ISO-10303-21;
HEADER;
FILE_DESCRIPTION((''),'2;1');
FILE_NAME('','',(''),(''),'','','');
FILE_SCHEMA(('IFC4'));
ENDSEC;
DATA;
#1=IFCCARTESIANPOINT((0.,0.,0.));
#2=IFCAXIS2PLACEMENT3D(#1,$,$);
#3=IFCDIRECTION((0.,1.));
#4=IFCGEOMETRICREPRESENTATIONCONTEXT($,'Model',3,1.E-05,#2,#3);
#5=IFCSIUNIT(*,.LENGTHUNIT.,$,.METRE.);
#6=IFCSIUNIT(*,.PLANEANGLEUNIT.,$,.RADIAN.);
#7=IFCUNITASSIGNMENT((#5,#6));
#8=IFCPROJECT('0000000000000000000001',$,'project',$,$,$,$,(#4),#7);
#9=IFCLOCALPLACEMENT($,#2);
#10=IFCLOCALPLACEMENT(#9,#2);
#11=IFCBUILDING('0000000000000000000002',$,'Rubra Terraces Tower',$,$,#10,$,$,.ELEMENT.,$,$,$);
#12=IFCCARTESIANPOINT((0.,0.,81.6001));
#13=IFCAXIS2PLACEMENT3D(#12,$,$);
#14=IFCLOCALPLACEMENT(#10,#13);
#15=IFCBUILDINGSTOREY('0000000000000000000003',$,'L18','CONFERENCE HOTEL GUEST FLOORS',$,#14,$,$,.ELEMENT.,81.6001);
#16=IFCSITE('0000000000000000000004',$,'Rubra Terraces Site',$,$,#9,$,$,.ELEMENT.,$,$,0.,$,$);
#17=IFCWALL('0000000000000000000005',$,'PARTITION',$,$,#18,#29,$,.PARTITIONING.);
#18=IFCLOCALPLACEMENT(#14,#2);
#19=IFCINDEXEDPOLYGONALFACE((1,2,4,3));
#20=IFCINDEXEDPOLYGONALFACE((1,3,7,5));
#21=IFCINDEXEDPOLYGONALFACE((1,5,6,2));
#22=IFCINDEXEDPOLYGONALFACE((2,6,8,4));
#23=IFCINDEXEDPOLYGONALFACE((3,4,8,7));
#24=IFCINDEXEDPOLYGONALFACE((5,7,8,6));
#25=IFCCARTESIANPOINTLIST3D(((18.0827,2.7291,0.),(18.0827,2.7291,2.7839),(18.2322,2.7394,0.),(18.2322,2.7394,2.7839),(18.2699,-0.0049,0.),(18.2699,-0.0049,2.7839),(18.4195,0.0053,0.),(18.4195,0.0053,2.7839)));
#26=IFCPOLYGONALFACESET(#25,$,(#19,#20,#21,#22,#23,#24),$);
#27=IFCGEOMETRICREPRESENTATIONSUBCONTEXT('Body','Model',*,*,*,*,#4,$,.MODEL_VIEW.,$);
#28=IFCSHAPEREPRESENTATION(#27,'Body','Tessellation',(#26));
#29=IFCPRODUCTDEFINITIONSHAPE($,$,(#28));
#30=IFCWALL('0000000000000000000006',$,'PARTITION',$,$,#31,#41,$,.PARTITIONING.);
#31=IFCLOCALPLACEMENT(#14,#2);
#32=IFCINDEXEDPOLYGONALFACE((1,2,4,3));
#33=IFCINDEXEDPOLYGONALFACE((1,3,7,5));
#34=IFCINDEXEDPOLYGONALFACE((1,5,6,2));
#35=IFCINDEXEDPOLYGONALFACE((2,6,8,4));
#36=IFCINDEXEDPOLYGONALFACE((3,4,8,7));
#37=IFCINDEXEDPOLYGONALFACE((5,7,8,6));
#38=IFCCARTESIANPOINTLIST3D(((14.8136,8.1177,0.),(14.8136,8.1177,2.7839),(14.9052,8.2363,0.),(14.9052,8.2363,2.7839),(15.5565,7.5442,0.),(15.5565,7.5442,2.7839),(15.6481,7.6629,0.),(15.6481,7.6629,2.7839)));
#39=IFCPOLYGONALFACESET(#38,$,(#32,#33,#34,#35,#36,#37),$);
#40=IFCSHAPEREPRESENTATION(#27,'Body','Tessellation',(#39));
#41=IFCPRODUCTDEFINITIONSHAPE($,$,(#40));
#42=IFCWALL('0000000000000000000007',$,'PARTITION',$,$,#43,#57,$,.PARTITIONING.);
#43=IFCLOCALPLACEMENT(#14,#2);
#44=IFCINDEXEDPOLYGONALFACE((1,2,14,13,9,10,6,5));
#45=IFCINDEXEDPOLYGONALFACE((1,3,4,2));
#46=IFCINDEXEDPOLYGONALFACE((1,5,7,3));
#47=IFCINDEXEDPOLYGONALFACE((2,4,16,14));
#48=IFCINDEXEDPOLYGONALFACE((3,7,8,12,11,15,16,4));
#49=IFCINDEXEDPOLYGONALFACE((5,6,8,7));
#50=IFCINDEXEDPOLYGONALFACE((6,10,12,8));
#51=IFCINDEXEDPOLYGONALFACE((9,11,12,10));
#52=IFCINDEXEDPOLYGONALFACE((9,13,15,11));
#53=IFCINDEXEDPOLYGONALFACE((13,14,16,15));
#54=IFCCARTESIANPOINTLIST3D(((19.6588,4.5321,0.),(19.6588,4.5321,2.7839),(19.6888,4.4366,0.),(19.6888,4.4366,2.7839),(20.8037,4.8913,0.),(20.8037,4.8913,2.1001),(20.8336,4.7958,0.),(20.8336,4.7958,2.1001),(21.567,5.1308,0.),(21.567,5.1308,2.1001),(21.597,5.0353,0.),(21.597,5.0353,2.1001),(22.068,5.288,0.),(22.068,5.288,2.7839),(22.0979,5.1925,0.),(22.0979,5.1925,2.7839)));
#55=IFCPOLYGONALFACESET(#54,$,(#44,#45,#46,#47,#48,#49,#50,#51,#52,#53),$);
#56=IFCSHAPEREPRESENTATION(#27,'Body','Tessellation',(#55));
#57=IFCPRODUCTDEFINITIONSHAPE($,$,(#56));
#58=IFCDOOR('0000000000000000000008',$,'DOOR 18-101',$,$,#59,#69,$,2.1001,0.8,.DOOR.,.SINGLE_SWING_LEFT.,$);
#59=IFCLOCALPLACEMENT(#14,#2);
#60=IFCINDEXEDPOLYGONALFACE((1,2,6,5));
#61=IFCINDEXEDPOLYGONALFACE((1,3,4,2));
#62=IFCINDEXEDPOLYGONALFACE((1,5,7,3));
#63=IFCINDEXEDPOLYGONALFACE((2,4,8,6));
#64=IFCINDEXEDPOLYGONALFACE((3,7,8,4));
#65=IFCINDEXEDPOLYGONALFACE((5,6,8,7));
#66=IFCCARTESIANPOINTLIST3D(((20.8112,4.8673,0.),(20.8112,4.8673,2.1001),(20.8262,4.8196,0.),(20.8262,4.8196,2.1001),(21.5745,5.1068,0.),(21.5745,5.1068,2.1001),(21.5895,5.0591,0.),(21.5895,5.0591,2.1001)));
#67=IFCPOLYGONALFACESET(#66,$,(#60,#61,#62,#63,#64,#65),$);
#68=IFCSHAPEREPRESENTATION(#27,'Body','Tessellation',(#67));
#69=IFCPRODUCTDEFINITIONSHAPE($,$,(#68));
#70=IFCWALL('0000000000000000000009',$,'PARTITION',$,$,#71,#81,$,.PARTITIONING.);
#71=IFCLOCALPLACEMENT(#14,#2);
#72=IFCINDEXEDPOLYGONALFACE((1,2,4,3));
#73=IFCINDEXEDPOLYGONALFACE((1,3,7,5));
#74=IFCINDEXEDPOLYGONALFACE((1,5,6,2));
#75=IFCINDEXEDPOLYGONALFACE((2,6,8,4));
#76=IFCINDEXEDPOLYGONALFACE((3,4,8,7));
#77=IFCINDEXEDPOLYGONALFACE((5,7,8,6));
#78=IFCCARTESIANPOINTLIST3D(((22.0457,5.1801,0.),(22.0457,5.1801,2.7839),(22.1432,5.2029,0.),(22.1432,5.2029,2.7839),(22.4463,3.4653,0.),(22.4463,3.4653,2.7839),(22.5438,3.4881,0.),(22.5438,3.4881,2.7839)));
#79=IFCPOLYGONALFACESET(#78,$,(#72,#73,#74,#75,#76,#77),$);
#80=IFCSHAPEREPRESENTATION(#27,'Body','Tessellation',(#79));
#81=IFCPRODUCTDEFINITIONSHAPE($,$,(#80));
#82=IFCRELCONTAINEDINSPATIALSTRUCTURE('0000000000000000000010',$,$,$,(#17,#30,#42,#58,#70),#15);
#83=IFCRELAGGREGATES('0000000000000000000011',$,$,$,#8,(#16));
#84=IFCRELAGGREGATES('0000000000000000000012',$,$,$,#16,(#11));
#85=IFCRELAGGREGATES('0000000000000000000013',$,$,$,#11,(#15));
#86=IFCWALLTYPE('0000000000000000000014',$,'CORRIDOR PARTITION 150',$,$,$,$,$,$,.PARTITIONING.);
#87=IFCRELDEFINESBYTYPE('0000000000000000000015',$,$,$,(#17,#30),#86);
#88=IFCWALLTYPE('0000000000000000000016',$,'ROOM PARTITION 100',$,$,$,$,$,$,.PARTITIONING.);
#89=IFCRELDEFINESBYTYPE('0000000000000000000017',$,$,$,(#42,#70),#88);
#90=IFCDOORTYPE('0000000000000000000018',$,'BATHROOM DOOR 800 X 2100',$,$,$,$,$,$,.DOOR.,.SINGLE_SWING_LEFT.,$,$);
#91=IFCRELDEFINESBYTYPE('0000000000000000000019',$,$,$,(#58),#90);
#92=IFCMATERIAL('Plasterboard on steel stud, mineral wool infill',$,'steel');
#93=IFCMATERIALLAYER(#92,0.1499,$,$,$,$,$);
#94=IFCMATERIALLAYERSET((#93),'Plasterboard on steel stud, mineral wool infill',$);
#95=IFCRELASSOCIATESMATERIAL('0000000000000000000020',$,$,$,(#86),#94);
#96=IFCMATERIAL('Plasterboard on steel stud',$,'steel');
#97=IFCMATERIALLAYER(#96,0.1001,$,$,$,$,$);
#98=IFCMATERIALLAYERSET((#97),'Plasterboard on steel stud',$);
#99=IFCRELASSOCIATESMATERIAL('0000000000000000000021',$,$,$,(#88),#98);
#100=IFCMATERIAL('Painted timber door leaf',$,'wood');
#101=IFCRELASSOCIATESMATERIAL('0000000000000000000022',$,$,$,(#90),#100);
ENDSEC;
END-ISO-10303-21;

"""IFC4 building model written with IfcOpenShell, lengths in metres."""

from ifc_helpers import new_model, si_unit, direction, frame, frame_2d, origin, place, context, subcontext, project, spatial, rectangle, extrude, material, layer, layer_set, type_object, element, fill, save


model = new_model("IFC4")

# Units and contexts
model_context = context("Model", 3, precision=1e-05, world=origin(), true_north=direction((0.0, 1.0)))
body_context = subcontext(model_context, "Body", "Model", "MODEL_VIEW")
ifc_project = project(units=[si_unit("LENGTHUNIT", "METRE"), si_unit("PLANEANGLEUNIT", "RADIAN")], contexts=[model_context])

# Site, building, storey
site_placement = place(None, origin())
site = spatial("IfcSite", under=ifc_project, at=site_placement, Name="Rubra Terraces Site", CompositionType="ELEMENT", RefElevation=0.0)
building_placement = place(site_placement, origin())
building = spatial("IfcBuilding", under=site, at=building_placement, Name="Rubra Terraces Tower", CompositionType="ELEMENT")
storey_placement = place(building_placement, frame((0.0, 0.0, 81.6001)))
storey = spatial("IfcBuildingStorey", under=building, at=storey_placement, Name="L18", Description="CONFERENCE HOTEL GUEST FLOORS", CompositionType="ELEMENT", Elevation=81.6001)

# Shared definitions
ifc_material_1 = material(Name="Plasterboard on steel stud, mineral wool infill", Category="steel")
ifc_layer_1 = layer(ifc_material_1, 0.1499)
ifc_layer_set_1 = layer_set([ifc_layer_1], Name="Plasterboard on steel stud, mineral wool infill")
wall_type_1 = type_object("IfcWallType", Name="CORRIDOR PARTITION 150", PredefinedType="PARTITIONING", material=ifc_layer_set_1)

# Shared definitions
ifc_material_2 = material(Name="Painted timber door leaf", Category="wood")

# Walls
wall_1_placement = place(storey_placement, frame((18.1575, 2.7341, 0.0), z_axis=(0.0, 0.0, 1.0), x_axis=(0.068328, -0.997663, 0.0)))
element("IfcWall", 1, at=wall_1_placement, inside=storey, type_object=wall_type_1, Name="PARTITION", PredefinedType="PARTITIONING", context=body_context, shape_type="SweptSolid", body=[
    extrude(rectangle(XDim=2.7405, YDim=0.1499, at=frame_2d((1.3701, 0.0))), origin(), (0.0, 0.0, 1.0), 2.7839),
])
wall_2_placement = place(storey_placement, frame((14.8594, 8.177, 0.0), z_axis=(0.0, 0.0, 1.0), x_axis=(0.791588, -0.611055, 0.0)))
element("IfcWall", 2, at=wall_2_placement, inside=storey, type_object=wall_type_1, Name="PARTITION", PredefinedType="PARTITIONING", context=body_context, shape_type="SweptSolid", body=[
    extrude(rectangle(XDim=0.9385, YDim=0.1499, at=frame_2d((0.4692, 0.0))), origin(), (0.0, 0.0, 1.0), 2.7839),
])

# Wall, opening, door
ifc_material_3 = material(Name="Plasterboard on steel stud", Category="steel")
ifc_layer_2 = layer(ifc_material_3, 0.1001)
ifc_layer_set_2 = layer_set([ifc_layer_2], Name="Plasterboard on steel stud")
wall_type_2 = type_object("IfcWallType", Name="ROOM PARTITION 100", PredefinedType="PARTITIONING", material=ifc_layer_set_2)
wall_3_placement = place(storey_placement, frame((19.6738, 4.4844, 0.0), z_axis=(0.0, 0.0, 1.0), x_axis=(0.954142, 0.299354, 0.0)))
wall_3 = element("IfcWall", 3, at=wall_3_placement, inside=storey, type_object=wall_type_2, Name="PARTITION", PredefinedType="PARTITIONING", context=body_context, shape_type="SweptSolid", body=[
    extrude(rectangle(XDim=2.5249, YDim=0.1001, at=frame_2d((1.2625, 0.0))), origin(), (0.0, 0.0, 1.0), 2.7839),
])
opening_1_placement = place(wall_3_placement, frame((1.2, 0.0, 0.0)))
opening_1 = element("IfcOpeningElement", 4, at=opening_1_placement, cuts=wall_3, PredefinedType="OPENING", context=body_context, shape_type="SweptSolid", body=[
    extrude(rectangle(XDim=0.8, YDim=2.1001, at=frame_2d((0.3999, 1.05))), frame((0.0, 0.0601, 0.0), z_axis=(0.0, -1.0, 0.0), x_axis=(1.0, 0.0, 0.0)), (0.0, 0.0, 1.0), 0.1201),
])
door_type_1 = type_object("IfcDoorType", Name="BATHROOM DOOR 800 X 2100", OperationType="SINGLE_SWING_LEFT", PredefinedType="DOOR", material=ifc_material_2)
door_1_placement = place(opening_1_placement, origin())
door_1 = element("IfcDoor", 5, at=door_1_placement, inside=storey, type_object=door_type_1, Name="DOOR 18-101", OperationType="SINGLE_SWING_LEFT", OverallHeight=2.1001, OverallWidth=0.8, PredefinedType="DOOR", context=body_context, shape_type="SweptSolid", body=[
    extrude(rectangle(XDim=0.8, YDim=2.1001, at=frame_2d((0.3999, 1.05))), frame((0.0, 0.0249, 0.0), z_axis=(0.0, -1.0, 0.0), x_axis=(1.0, 0.0, 0.0)), (0.0, 0.0, 1.0), 0.05),
])
fill(opening_1, door_1)

# Wall
wall_4_placement = place(storey_placement, frame((22.0945, 5.1914, 0.0), z_axis=(0.0, 0.0, 1.0), x_axis=(0.227501, -0.973778, 0.0)))
element("IfcWall", 6, at=wall_4_placement, inside=storey, type_object=wall_type_2, Name="PARTITION", PredefinedType="PARTITIONING", context=body_context, shape_type="SweptSolid", body=[
    extrude(rectangle(XDim=1.761, YDim=0.1001, at=frame_2d((0.8804, 0.0))), origin(), (0.0, 0.0, 1.0), 2.7839),
])

save(model, "model.ifc")
